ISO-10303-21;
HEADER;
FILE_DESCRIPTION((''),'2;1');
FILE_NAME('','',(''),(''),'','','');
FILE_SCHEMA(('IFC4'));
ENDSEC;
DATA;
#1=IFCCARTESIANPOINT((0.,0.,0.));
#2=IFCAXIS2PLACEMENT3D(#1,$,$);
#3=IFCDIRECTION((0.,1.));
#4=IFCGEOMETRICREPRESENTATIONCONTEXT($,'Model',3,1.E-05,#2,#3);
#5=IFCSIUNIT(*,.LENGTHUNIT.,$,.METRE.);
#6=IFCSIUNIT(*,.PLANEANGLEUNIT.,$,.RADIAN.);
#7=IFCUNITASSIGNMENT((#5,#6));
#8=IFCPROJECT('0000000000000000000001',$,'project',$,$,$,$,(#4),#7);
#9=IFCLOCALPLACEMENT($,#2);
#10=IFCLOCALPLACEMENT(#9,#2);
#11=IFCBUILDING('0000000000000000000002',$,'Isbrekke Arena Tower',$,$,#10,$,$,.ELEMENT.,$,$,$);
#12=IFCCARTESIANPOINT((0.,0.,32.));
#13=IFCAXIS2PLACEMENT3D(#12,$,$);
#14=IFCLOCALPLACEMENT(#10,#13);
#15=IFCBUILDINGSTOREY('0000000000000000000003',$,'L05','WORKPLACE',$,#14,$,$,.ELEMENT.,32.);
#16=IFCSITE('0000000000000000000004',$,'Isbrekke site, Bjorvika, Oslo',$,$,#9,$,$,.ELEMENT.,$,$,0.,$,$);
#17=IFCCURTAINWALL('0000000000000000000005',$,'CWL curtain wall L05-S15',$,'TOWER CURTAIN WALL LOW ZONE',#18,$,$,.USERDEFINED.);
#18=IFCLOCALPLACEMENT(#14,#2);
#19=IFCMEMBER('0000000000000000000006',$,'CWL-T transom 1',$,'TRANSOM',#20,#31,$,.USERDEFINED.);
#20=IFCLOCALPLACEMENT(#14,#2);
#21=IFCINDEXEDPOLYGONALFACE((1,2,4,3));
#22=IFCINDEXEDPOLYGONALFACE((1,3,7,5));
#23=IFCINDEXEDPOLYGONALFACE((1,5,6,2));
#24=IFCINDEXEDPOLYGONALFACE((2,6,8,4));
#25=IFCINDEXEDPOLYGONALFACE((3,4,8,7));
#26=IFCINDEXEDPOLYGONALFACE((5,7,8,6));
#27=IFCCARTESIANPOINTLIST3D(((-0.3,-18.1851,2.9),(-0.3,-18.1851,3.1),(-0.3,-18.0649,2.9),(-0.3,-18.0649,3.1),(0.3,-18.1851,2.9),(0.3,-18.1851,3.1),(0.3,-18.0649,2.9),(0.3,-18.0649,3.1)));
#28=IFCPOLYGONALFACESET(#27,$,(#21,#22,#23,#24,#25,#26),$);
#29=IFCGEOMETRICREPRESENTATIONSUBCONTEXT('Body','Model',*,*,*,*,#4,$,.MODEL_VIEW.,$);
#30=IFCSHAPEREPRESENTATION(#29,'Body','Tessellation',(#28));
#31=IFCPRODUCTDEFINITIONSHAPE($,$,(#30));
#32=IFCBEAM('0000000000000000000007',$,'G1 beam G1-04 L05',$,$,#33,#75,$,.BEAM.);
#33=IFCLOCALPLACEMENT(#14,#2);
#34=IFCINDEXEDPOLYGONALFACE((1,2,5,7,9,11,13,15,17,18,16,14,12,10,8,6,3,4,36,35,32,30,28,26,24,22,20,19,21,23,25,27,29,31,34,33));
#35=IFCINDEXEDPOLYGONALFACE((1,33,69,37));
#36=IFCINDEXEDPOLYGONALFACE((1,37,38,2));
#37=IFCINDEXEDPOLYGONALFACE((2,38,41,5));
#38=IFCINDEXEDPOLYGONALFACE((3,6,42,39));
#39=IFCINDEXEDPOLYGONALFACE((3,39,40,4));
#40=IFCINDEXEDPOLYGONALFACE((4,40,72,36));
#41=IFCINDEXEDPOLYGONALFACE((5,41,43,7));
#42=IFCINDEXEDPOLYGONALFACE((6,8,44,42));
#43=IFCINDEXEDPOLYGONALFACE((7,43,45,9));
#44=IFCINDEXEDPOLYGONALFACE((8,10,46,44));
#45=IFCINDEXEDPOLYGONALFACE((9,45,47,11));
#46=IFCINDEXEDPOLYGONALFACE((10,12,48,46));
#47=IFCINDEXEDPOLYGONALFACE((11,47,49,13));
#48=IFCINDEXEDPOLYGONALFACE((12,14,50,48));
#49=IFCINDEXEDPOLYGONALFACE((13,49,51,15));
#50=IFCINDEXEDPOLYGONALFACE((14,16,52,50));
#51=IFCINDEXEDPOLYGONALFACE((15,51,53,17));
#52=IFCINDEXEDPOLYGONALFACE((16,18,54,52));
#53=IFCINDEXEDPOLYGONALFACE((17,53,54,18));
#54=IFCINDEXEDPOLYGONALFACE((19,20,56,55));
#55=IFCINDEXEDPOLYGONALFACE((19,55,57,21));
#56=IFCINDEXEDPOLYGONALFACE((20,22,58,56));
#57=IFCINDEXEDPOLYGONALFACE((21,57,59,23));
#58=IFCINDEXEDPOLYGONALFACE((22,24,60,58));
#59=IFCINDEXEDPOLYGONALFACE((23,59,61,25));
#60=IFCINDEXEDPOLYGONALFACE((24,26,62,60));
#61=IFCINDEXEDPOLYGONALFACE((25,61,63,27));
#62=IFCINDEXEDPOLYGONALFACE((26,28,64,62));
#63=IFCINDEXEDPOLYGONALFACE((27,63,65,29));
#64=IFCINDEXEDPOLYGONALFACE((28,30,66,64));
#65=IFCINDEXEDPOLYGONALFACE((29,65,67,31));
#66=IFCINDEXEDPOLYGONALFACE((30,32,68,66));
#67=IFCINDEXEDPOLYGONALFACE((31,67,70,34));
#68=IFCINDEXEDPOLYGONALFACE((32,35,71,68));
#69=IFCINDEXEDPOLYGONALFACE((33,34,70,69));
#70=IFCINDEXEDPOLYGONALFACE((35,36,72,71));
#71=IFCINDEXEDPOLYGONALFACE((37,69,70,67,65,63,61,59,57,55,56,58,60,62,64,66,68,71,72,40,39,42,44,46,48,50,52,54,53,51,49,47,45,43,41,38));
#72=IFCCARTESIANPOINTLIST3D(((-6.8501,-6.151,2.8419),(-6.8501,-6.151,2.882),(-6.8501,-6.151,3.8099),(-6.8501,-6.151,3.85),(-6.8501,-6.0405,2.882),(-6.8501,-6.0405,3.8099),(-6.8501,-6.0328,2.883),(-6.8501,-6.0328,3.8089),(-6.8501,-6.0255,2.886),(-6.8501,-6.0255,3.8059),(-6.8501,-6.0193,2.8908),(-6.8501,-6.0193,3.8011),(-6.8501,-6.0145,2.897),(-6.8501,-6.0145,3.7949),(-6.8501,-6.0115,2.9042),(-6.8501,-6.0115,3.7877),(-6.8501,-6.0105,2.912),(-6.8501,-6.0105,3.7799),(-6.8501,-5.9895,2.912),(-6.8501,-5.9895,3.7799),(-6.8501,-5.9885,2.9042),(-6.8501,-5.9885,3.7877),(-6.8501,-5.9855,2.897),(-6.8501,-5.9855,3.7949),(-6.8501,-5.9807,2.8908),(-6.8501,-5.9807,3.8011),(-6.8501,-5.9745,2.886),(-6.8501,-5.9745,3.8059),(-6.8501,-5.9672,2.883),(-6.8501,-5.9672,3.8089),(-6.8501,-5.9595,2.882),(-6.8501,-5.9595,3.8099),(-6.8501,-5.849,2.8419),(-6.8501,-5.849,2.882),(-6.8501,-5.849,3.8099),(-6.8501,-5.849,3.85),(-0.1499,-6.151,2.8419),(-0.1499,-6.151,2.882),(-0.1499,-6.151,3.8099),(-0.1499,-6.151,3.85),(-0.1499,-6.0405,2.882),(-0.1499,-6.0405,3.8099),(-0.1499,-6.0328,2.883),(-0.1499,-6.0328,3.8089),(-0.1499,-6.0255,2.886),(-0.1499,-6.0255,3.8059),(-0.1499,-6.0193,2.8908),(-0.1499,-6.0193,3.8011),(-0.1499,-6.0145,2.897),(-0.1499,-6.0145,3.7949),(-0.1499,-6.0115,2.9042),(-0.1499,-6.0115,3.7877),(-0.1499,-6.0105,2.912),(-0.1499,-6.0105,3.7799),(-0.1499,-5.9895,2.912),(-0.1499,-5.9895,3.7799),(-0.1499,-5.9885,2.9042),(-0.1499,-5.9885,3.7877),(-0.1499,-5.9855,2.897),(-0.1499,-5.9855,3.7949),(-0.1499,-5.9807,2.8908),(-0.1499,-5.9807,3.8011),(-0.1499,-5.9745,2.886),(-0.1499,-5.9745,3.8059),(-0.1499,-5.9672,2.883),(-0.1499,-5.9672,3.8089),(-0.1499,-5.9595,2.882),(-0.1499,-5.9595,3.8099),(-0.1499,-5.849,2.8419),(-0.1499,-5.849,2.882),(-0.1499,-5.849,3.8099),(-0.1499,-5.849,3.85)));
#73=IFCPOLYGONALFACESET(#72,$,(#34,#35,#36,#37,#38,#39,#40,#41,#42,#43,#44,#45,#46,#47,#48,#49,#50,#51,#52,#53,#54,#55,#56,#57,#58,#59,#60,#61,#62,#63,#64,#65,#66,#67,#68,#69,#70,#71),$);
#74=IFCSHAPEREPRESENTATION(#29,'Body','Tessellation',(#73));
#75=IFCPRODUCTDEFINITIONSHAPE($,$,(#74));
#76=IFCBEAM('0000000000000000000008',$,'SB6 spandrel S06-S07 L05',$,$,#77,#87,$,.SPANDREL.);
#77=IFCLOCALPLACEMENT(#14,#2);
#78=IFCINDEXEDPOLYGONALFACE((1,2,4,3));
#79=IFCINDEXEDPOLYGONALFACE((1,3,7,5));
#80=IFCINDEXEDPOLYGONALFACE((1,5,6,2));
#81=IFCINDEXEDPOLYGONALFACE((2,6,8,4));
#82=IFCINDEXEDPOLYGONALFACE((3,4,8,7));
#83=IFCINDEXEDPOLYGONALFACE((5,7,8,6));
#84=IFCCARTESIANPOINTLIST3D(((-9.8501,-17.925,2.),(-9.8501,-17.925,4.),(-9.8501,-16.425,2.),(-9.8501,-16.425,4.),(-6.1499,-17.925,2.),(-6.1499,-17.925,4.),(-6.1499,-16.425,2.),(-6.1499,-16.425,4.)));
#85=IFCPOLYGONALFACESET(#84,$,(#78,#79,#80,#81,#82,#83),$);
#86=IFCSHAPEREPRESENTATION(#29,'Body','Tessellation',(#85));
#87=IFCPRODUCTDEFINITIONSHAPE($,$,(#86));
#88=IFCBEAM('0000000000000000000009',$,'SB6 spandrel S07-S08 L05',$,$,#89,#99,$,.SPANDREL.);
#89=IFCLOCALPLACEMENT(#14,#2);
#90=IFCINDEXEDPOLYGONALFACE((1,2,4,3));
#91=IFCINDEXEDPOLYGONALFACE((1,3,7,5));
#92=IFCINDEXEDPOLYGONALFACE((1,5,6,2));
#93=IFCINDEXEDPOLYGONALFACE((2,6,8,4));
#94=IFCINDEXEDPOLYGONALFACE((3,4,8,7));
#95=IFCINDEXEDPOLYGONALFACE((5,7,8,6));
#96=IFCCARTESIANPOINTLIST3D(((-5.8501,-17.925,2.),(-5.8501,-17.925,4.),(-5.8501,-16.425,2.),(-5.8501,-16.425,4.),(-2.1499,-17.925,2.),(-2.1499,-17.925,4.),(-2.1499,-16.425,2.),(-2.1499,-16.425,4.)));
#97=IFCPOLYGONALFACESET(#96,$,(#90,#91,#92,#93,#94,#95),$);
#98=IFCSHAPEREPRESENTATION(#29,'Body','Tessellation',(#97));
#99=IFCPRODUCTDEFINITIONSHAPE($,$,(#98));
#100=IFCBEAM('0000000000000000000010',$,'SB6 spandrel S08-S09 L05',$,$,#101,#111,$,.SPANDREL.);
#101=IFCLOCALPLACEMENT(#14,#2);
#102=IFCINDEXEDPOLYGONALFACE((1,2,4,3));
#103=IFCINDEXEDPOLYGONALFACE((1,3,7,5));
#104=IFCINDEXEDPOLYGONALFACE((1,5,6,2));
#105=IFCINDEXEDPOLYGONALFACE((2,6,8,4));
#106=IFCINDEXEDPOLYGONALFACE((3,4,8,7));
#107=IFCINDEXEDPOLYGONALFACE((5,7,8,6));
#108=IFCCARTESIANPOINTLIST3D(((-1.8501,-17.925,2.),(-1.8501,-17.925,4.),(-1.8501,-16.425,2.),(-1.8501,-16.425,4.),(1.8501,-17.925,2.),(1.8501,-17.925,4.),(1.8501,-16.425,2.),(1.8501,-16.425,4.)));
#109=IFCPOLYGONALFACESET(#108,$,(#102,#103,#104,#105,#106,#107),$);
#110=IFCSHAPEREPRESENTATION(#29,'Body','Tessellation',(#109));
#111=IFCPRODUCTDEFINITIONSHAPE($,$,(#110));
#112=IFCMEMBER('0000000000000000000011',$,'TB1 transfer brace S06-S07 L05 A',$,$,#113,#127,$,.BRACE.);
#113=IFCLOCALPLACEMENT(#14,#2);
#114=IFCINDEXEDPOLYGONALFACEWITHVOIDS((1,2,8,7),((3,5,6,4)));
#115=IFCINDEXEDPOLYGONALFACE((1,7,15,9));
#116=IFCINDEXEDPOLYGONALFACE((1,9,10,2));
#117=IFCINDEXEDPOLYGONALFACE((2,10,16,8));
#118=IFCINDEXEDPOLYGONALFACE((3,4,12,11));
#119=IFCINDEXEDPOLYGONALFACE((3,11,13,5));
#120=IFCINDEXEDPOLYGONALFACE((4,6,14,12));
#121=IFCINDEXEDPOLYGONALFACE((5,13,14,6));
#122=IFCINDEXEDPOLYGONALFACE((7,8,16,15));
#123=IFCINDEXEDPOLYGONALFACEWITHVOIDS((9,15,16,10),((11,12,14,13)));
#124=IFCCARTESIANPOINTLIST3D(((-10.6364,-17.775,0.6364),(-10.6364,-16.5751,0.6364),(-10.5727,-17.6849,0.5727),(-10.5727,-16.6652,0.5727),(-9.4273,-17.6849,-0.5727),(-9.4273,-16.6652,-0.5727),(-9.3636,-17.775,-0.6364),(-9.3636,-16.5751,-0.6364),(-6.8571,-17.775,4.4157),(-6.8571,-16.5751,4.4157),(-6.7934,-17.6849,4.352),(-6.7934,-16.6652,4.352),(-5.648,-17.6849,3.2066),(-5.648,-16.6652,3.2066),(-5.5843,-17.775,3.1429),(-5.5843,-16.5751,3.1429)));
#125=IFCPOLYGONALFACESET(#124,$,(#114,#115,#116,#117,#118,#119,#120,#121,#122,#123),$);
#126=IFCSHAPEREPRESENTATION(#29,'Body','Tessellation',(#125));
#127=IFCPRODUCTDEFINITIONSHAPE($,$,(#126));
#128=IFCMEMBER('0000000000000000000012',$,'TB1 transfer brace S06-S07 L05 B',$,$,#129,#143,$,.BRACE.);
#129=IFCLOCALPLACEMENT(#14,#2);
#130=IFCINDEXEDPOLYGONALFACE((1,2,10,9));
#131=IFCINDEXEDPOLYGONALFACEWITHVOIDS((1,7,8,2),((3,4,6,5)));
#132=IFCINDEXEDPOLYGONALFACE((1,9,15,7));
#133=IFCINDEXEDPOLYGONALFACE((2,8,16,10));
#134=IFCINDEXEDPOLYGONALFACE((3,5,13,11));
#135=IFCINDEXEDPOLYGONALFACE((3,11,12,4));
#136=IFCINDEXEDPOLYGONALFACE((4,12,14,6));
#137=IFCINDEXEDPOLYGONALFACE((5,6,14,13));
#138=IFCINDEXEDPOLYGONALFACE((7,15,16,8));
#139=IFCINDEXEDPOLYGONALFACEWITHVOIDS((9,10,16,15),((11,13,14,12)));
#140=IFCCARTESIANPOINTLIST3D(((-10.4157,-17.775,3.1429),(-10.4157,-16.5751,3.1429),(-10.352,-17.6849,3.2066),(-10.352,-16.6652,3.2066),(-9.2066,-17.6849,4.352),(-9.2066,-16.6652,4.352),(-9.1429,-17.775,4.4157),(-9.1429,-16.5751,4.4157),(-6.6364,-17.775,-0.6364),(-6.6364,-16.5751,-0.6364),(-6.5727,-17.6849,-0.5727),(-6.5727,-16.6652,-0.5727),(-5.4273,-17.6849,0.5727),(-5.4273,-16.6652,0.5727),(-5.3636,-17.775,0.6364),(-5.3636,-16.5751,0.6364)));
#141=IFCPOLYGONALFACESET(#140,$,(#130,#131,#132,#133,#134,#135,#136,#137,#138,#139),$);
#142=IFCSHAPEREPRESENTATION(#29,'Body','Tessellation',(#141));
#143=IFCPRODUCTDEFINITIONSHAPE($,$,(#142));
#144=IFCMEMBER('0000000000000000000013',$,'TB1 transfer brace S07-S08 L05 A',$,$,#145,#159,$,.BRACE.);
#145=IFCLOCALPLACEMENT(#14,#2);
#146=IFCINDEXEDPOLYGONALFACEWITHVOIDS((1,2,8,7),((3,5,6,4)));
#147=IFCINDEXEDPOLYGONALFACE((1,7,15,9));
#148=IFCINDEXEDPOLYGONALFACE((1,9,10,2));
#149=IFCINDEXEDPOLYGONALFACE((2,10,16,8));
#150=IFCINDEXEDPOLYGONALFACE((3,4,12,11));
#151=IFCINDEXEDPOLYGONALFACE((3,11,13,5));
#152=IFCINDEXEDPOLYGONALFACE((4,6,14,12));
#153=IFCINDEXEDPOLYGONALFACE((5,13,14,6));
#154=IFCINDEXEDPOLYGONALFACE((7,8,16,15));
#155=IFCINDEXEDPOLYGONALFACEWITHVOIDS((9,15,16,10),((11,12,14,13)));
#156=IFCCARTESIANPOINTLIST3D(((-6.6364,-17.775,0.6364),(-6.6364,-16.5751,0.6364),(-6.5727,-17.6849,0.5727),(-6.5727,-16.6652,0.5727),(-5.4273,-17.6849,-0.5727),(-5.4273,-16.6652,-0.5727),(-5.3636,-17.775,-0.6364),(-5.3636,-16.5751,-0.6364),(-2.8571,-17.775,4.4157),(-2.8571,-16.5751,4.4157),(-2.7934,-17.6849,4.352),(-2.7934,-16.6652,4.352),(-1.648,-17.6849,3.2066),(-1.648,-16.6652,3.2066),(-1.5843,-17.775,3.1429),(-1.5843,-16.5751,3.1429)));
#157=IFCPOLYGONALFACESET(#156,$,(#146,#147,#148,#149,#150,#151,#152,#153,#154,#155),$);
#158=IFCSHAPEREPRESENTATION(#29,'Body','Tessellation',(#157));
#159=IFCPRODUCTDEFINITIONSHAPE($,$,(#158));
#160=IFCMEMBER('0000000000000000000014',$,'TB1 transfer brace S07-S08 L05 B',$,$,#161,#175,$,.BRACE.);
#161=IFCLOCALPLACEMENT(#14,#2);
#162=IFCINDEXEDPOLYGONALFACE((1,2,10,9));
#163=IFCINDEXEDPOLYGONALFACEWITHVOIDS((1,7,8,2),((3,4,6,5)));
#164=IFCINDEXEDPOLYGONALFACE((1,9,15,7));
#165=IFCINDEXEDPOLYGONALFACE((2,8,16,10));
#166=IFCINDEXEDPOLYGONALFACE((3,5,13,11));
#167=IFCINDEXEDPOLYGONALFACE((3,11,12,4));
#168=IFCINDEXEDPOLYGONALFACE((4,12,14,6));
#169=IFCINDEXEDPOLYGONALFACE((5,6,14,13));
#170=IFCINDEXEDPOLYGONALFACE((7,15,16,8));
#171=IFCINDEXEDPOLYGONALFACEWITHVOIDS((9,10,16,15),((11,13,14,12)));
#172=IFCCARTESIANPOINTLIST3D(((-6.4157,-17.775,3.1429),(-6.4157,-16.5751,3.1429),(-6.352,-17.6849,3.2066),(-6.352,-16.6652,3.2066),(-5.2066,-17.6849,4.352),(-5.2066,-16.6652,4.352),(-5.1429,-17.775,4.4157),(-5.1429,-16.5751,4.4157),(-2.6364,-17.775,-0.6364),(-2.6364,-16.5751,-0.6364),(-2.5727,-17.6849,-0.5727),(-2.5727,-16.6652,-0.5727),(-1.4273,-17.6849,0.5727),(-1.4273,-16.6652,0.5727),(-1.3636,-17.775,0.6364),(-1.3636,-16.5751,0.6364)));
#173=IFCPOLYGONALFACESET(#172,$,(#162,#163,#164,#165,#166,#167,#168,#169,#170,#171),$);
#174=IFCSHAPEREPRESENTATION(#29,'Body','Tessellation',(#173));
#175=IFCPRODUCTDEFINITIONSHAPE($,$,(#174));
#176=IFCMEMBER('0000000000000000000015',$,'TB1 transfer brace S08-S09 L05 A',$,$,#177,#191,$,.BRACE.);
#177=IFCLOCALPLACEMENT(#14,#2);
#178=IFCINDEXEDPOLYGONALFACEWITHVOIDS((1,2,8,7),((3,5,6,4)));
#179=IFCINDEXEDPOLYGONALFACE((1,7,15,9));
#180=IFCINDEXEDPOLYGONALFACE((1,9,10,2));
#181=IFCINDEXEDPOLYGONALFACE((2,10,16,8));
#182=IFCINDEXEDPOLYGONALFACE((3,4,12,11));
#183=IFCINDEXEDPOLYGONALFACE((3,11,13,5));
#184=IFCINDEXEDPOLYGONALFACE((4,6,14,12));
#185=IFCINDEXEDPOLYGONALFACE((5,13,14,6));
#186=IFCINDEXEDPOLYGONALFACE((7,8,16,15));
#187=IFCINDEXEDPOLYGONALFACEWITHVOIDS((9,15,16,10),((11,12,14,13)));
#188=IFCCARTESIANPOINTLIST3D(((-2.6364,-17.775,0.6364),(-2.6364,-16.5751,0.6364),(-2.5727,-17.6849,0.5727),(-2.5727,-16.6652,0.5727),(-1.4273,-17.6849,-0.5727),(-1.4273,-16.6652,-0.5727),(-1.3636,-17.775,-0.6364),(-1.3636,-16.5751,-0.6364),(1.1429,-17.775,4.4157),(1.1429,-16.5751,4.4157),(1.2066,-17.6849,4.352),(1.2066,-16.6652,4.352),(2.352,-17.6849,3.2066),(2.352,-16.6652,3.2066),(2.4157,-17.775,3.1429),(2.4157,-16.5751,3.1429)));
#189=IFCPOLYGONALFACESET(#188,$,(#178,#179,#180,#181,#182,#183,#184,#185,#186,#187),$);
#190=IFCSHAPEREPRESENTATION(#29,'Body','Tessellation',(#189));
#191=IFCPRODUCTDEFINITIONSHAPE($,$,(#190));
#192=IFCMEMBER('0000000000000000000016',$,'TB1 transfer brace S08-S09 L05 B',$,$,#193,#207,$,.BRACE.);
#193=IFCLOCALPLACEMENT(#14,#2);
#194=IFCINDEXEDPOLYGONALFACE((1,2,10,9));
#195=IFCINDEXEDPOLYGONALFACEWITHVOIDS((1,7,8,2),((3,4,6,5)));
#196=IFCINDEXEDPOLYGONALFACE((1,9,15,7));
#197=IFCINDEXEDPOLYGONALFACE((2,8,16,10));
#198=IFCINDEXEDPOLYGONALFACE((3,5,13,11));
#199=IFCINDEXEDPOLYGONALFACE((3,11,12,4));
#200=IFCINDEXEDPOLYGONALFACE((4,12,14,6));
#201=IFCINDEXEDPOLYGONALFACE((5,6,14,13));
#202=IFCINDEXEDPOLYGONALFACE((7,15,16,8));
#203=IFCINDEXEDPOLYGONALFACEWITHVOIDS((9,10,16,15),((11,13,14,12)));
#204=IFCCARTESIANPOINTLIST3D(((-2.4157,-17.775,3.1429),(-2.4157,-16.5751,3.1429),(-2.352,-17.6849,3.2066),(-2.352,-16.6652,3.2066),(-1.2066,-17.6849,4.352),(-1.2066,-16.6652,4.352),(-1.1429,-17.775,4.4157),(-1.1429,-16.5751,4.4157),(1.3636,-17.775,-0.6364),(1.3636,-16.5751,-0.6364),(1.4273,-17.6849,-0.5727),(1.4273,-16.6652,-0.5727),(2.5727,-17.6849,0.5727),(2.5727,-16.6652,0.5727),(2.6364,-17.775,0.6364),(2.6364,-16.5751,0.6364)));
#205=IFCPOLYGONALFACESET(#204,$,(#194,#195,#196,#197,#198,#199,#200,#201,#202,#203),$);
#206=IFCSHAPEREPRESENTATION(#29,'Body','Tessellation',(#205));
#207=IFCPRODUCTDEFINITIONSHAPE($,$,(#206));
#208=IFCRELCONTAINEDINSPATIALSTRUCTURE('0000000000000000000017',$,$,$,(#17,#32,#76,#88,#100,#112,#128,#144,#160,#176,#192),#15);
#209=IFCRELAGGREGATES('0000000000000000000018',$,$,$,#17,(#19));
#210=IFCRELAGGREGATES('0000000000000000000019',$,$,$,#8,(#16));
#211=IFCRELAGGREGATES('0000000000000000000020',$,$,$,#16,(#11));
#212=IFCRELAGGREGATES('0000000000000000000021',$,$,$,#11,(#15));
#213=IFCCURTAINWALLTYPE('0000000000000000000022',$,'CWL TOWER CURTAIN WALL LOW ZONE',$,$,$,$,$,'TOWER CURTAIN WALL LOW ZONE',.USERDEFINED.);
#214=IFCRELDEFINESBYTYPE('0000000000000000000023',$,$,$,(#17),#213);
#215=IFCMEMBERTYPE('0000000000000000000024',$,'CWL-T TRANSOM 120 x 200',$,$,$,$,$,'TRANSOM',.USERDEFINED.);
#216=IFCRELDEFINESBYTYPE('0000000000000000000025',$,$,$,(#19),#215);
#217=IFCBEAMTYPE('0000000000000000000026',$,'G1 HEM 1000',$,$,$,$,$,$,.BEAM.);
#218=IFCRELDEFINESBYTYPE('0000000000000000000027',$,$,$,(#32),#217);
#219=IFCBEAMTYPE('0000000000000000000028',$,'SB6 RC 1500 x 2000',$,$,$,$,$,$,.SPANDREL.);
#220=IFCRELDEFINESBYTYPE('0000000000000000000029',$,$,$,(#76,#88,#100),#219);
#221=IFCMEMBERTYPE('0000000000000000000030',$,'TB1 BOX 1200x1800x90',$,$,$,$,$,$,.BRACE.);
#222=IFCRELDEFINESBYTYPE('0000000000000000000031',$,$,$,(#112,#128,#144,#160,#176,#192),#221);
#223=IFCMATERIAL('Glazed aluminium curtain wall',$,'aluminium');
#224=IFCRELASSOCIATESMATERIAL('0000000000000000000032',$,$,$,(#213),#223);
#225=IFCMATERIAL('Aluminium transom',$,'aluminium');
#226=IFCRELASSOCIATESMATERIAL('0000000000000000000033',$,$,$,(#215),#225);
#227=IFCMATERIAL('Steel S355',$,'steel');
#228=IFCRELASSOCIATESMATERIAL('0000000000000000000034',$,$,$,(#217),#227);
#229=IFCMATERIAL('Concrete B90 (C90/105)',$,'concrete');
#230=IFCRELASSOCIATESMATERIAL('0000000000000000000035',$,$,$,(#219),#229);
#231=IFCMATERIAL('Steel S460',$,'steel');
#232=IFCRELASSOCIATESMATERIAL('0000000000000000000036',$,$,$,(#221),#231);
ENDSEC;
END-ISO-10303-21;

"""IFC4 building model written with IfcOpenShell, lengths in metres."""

from ifc_helpers import new_model, si_unit, direction, frame, origin, origin_2d, place, context, subcontext, project, spatial, rectangle, hollow_rectangle, i_section, extrude, material, material_profile, profile_set, type_object, element, aggregate, save


model = new_model("IFC4")

# Units and contexts
model_context = context("Model", 3, precision=1e-05, world=origin(), true_north=direction((0.0, 1.0)))
body_context = subcontext(model_context, "Body", "Model", "MODEL_VIEW")
ifc_project = project(units=[si_unit("LENGTHUNIT", "METRE"), si_unit("PLANEANGLEUNIT", "RADIAN")], contexts=[model_context])

# Site, building, storey
site_placement = place(None, origin())
site = spatial("IfcSite", under=ifc_project, at=site_placement, Name="Isbrekke site, Bjorvika, Oslo", CompositionType="ELEMENT", RefElevation=0.0)
building_placement = place(site_placement, origin())
building = spatial("IfcBuilding", under=site, at=building_placement, Name="Isbrekke Arena Tower", CompositionType="ELEMENT")
storey_placement = place(building_placement, frame((0.0, 0.0, 32.0)))
storey = spatial("IfcBuildingStorey", under=building, at=storey_placement, Name="L05", Description="WORKPLACE", CompositionType="ELEMENT", Elevation=32.0)

# Shared definitions
ifc_material_1 = material(Name="Glazed aluminium curtain wall", Category="aluminium")
curtain_wall_type = type_object("IfcCurtainWallType", Name="CWL TOWER CURTAIN WALL LOW ZONE", ElementType="TOWER CURTAIN WALL LOW ZONE", PredefinedType="USERDEFINED", material=ifc_material_1)

# Curtain wall
curtain_wall_1_placement = place(storey_placement, origin())
curtain_wall_1 = element("IfcCurtainWall", 1, at=curtain_wall_1_placement, inside=storey, type_object=curtain_wall_type, Name="CWL curtain wall L05-S15", ObjectType="TOWER CURTAIN WALL LOW ZONE", PredefinedType="USERDEFINED")

# Member
ifc_material_2 = material(Name="Aluminium transom", Category="aluminium")
ifc_material_profile_1 = material_profile(ifc_material_2, rectangle(XDim=0.1201, YDim=0.2, at=origin_2d()), Name="TRANSOM 120X200")
ifc_profile_set_1 = profile_set([ifc_material_profile_1], Name="Aluminium transom")
member_type_1 = type_object("IfcMemberType", Name="CWL-T TRANSOM 120 x 200", ElementType="TRANSOM", PredefinedType="USERDEFINED", material=ifc_profile_set_1)
member_1_placement = place(storey_placement, frame((-0.3, -18.125, 3.0), z_axis=(1.0, 0.0, 0.0), x_axis=(0.0, 1.0, 0.0)))
member_1 = element("IfcMember", 2, at=member_1_placement, type_object=member_type_1, Name="CWL-T transom 1", ObjectType="TRANSOM", PredefinedType="USERDEFINED", context=body_context, shape_type="SweptSolid", body=[
    extrude(rectangle(XDim=0.1201, YDim=0.2, at=origin_2d()), origin(), (0.0, 0.0, 1.0), 0.6001),
])
aggregate(curtain_wall_1, [member_1])

# Beams
ifc_material_3 = material(Name="Steel S355", Category="steel")
ifc_material_profile_2 = material_profile(ifc_material_3, i_section(OverallWidth=0.302, OverallDepth=1.0081, WebThickness=0.021, FlangeThickness=0.04, FilletRadius=0.03, at=origin_2d()), Name="HEM 1000")
ifc_profile_set_2 = profile_set([ifc_material_profile_2], Name="Steel S355")
beam_type_1 = type_object("IfcBeamType", Name="G1 HEM 1000", PredefinedType="BEAM", material=ifc_profile_set_2)
beam_1_placement = place(storey_placement, frame((-6.8501, -6.0, 3.3459), z_axis=(1.0, 0.0, 0.0), x_axis=(0.0, 1.0, 0.0)))
element("IfcBeam", 3, at=beam_1_placement, inside=storey, type_object=beam_type_1, Name="G1 beam G1-04 L05", PredefinedType="BEAM", context=body_context, shape_type="SweptSolid", body=[
    extrude(i_section(OverallWidth=0.302, OverallDepth=1.0081, WebThickness=0.021, FlangeThickness=0.04, FilletRadius=0.03, at=origin_2d()), origin(), (0.0, 0.0, 1.0), 6.7002),
])
ifc_material_4 = material(Name="Concrete B90 (C90/105)", Category="concrete")
ifc_material_profile_3 = material_profile(ifc_material_4, rectangle(XDim=1.5, YDim=2.0, at=origin_2d()), Name="RC 1500x2000")
ifc_profile_set_3 = profile_set([ifc_material_profile_3], Name="Concrete B90 (C90/105)")
beam_type_2 = type_object("IfcBeamType", Name="SB6 RC 1500 x 2000", PredefinedType="SPANDREL", material=ifc_profile_set_3)
for number, where, z_axis, x_axis, name in (
    (4, (-9.8501, -17.175, 3.0), (1.0, 0.0, 0.0), (0.0, 1.0, 0.0), "SB6 spandrel S06-S07 L05"),
    (5, (-5.8501, -17.175, 3.0), (1.0, 0.0, 0.0), (0.0, 1.0, 0.0), "SB6 spandrel S07-S08 L05"),
    (6, (-1.8501, -17.175, 3.0), (1.0, 0.0, 0.0), (0.0, 1.0, 0.0), "SB6 spandrel S08-S09 L05"),
):
    element("IfcBeam", number, at=place(storey_placement, frame(where, z_axis=z_axis, x_axis=x_axis)), inside=storey, type_object=beam_type_2, Name=name, PredefinedType="SPANDREL", context=body_context, shape_type="SweptSolid", body=[
        extrude(rectangle(XDim=1.5, YDim=2.0, at=origin_2d()), origin(), (0.0, 0.0, 1.0), 3.7002),
    ])

# Members
ifc_material_5 = material(Name="Steel S460", Category="steel")
ifc_material_profile_4 = material_profile(ifc_material_5, hollow_rectangle(XDim=1.2, YDim=1.8, WallThickness=0.0901, at=origin_2d()), Name="BOX 1200x1800x90")
ifc_profile_set_4 = profile_set([ifc_material_profile_4], Name="Steel S460")
member_type_2 = type_object("IfcMemberType", Name="TB1 BOX 1200x1800x90", PredefinedType="BRACE", material=ifc_profile_set_4)
for number, where, z_axis, x_axis, name in (
    (7, (-10.0, -17.175, 0.0), (0.707107, 0.0, 0.707107), (0.0, 1.0, 0.0), "TB1 transfer brace S06-S07 L05 A"),
    (8, (-9.7793, -17.175, 3.7793), (0.707107, 0.0, -0.707107), (0.0, 1.0, 0.0), "TB1 transfer brace S06-S07 L05 B"),
    (9, (-6.0, -17.175, 0.0), (0.707107, 0.0, 0.707107), (0.0, 1.0, 0.0), "TB1 transfer brace S07-S08 L05 A"),
    (10, (-5.7793, -17.175, 3.7793), (0.707107, 0.0, -0.707107), (0.0, 1.0, 0.0), "TB1 transfer brace S07-S08 L05 B"),
    (11, (-2.0, -17.175, 0.0), (0.707107, 0.0, 0.707107), (0.0, 1.0, 0.0), "TB1 transfer brace S08-S09 L05 A"),
    (12, (-1.7793, -17.175, 3.7793), (0.707107, 0.0, -0.707107), (0.0, 1.0, 0.0), "TB1 transfer brace S08-S09 L05 B"),
):
    element("IfcMember", number, at=place(storey_placement, frame(where, z_axis=z_axis, x_axis=x_axis)), inside=storey, type_object=member_type_2, Name=name, PredefinedType="BRACE", context=body_context, shape_type="SweptSolid", body=[
        extrude(hollow_rectangle(XDim=1.2, YDim=1.8, WallThickness=0.0901, at=origin_2d()), origin(), (0.0, 0.0, 1.0), 5.3447),
    ])

save(model, "model.ifc")
